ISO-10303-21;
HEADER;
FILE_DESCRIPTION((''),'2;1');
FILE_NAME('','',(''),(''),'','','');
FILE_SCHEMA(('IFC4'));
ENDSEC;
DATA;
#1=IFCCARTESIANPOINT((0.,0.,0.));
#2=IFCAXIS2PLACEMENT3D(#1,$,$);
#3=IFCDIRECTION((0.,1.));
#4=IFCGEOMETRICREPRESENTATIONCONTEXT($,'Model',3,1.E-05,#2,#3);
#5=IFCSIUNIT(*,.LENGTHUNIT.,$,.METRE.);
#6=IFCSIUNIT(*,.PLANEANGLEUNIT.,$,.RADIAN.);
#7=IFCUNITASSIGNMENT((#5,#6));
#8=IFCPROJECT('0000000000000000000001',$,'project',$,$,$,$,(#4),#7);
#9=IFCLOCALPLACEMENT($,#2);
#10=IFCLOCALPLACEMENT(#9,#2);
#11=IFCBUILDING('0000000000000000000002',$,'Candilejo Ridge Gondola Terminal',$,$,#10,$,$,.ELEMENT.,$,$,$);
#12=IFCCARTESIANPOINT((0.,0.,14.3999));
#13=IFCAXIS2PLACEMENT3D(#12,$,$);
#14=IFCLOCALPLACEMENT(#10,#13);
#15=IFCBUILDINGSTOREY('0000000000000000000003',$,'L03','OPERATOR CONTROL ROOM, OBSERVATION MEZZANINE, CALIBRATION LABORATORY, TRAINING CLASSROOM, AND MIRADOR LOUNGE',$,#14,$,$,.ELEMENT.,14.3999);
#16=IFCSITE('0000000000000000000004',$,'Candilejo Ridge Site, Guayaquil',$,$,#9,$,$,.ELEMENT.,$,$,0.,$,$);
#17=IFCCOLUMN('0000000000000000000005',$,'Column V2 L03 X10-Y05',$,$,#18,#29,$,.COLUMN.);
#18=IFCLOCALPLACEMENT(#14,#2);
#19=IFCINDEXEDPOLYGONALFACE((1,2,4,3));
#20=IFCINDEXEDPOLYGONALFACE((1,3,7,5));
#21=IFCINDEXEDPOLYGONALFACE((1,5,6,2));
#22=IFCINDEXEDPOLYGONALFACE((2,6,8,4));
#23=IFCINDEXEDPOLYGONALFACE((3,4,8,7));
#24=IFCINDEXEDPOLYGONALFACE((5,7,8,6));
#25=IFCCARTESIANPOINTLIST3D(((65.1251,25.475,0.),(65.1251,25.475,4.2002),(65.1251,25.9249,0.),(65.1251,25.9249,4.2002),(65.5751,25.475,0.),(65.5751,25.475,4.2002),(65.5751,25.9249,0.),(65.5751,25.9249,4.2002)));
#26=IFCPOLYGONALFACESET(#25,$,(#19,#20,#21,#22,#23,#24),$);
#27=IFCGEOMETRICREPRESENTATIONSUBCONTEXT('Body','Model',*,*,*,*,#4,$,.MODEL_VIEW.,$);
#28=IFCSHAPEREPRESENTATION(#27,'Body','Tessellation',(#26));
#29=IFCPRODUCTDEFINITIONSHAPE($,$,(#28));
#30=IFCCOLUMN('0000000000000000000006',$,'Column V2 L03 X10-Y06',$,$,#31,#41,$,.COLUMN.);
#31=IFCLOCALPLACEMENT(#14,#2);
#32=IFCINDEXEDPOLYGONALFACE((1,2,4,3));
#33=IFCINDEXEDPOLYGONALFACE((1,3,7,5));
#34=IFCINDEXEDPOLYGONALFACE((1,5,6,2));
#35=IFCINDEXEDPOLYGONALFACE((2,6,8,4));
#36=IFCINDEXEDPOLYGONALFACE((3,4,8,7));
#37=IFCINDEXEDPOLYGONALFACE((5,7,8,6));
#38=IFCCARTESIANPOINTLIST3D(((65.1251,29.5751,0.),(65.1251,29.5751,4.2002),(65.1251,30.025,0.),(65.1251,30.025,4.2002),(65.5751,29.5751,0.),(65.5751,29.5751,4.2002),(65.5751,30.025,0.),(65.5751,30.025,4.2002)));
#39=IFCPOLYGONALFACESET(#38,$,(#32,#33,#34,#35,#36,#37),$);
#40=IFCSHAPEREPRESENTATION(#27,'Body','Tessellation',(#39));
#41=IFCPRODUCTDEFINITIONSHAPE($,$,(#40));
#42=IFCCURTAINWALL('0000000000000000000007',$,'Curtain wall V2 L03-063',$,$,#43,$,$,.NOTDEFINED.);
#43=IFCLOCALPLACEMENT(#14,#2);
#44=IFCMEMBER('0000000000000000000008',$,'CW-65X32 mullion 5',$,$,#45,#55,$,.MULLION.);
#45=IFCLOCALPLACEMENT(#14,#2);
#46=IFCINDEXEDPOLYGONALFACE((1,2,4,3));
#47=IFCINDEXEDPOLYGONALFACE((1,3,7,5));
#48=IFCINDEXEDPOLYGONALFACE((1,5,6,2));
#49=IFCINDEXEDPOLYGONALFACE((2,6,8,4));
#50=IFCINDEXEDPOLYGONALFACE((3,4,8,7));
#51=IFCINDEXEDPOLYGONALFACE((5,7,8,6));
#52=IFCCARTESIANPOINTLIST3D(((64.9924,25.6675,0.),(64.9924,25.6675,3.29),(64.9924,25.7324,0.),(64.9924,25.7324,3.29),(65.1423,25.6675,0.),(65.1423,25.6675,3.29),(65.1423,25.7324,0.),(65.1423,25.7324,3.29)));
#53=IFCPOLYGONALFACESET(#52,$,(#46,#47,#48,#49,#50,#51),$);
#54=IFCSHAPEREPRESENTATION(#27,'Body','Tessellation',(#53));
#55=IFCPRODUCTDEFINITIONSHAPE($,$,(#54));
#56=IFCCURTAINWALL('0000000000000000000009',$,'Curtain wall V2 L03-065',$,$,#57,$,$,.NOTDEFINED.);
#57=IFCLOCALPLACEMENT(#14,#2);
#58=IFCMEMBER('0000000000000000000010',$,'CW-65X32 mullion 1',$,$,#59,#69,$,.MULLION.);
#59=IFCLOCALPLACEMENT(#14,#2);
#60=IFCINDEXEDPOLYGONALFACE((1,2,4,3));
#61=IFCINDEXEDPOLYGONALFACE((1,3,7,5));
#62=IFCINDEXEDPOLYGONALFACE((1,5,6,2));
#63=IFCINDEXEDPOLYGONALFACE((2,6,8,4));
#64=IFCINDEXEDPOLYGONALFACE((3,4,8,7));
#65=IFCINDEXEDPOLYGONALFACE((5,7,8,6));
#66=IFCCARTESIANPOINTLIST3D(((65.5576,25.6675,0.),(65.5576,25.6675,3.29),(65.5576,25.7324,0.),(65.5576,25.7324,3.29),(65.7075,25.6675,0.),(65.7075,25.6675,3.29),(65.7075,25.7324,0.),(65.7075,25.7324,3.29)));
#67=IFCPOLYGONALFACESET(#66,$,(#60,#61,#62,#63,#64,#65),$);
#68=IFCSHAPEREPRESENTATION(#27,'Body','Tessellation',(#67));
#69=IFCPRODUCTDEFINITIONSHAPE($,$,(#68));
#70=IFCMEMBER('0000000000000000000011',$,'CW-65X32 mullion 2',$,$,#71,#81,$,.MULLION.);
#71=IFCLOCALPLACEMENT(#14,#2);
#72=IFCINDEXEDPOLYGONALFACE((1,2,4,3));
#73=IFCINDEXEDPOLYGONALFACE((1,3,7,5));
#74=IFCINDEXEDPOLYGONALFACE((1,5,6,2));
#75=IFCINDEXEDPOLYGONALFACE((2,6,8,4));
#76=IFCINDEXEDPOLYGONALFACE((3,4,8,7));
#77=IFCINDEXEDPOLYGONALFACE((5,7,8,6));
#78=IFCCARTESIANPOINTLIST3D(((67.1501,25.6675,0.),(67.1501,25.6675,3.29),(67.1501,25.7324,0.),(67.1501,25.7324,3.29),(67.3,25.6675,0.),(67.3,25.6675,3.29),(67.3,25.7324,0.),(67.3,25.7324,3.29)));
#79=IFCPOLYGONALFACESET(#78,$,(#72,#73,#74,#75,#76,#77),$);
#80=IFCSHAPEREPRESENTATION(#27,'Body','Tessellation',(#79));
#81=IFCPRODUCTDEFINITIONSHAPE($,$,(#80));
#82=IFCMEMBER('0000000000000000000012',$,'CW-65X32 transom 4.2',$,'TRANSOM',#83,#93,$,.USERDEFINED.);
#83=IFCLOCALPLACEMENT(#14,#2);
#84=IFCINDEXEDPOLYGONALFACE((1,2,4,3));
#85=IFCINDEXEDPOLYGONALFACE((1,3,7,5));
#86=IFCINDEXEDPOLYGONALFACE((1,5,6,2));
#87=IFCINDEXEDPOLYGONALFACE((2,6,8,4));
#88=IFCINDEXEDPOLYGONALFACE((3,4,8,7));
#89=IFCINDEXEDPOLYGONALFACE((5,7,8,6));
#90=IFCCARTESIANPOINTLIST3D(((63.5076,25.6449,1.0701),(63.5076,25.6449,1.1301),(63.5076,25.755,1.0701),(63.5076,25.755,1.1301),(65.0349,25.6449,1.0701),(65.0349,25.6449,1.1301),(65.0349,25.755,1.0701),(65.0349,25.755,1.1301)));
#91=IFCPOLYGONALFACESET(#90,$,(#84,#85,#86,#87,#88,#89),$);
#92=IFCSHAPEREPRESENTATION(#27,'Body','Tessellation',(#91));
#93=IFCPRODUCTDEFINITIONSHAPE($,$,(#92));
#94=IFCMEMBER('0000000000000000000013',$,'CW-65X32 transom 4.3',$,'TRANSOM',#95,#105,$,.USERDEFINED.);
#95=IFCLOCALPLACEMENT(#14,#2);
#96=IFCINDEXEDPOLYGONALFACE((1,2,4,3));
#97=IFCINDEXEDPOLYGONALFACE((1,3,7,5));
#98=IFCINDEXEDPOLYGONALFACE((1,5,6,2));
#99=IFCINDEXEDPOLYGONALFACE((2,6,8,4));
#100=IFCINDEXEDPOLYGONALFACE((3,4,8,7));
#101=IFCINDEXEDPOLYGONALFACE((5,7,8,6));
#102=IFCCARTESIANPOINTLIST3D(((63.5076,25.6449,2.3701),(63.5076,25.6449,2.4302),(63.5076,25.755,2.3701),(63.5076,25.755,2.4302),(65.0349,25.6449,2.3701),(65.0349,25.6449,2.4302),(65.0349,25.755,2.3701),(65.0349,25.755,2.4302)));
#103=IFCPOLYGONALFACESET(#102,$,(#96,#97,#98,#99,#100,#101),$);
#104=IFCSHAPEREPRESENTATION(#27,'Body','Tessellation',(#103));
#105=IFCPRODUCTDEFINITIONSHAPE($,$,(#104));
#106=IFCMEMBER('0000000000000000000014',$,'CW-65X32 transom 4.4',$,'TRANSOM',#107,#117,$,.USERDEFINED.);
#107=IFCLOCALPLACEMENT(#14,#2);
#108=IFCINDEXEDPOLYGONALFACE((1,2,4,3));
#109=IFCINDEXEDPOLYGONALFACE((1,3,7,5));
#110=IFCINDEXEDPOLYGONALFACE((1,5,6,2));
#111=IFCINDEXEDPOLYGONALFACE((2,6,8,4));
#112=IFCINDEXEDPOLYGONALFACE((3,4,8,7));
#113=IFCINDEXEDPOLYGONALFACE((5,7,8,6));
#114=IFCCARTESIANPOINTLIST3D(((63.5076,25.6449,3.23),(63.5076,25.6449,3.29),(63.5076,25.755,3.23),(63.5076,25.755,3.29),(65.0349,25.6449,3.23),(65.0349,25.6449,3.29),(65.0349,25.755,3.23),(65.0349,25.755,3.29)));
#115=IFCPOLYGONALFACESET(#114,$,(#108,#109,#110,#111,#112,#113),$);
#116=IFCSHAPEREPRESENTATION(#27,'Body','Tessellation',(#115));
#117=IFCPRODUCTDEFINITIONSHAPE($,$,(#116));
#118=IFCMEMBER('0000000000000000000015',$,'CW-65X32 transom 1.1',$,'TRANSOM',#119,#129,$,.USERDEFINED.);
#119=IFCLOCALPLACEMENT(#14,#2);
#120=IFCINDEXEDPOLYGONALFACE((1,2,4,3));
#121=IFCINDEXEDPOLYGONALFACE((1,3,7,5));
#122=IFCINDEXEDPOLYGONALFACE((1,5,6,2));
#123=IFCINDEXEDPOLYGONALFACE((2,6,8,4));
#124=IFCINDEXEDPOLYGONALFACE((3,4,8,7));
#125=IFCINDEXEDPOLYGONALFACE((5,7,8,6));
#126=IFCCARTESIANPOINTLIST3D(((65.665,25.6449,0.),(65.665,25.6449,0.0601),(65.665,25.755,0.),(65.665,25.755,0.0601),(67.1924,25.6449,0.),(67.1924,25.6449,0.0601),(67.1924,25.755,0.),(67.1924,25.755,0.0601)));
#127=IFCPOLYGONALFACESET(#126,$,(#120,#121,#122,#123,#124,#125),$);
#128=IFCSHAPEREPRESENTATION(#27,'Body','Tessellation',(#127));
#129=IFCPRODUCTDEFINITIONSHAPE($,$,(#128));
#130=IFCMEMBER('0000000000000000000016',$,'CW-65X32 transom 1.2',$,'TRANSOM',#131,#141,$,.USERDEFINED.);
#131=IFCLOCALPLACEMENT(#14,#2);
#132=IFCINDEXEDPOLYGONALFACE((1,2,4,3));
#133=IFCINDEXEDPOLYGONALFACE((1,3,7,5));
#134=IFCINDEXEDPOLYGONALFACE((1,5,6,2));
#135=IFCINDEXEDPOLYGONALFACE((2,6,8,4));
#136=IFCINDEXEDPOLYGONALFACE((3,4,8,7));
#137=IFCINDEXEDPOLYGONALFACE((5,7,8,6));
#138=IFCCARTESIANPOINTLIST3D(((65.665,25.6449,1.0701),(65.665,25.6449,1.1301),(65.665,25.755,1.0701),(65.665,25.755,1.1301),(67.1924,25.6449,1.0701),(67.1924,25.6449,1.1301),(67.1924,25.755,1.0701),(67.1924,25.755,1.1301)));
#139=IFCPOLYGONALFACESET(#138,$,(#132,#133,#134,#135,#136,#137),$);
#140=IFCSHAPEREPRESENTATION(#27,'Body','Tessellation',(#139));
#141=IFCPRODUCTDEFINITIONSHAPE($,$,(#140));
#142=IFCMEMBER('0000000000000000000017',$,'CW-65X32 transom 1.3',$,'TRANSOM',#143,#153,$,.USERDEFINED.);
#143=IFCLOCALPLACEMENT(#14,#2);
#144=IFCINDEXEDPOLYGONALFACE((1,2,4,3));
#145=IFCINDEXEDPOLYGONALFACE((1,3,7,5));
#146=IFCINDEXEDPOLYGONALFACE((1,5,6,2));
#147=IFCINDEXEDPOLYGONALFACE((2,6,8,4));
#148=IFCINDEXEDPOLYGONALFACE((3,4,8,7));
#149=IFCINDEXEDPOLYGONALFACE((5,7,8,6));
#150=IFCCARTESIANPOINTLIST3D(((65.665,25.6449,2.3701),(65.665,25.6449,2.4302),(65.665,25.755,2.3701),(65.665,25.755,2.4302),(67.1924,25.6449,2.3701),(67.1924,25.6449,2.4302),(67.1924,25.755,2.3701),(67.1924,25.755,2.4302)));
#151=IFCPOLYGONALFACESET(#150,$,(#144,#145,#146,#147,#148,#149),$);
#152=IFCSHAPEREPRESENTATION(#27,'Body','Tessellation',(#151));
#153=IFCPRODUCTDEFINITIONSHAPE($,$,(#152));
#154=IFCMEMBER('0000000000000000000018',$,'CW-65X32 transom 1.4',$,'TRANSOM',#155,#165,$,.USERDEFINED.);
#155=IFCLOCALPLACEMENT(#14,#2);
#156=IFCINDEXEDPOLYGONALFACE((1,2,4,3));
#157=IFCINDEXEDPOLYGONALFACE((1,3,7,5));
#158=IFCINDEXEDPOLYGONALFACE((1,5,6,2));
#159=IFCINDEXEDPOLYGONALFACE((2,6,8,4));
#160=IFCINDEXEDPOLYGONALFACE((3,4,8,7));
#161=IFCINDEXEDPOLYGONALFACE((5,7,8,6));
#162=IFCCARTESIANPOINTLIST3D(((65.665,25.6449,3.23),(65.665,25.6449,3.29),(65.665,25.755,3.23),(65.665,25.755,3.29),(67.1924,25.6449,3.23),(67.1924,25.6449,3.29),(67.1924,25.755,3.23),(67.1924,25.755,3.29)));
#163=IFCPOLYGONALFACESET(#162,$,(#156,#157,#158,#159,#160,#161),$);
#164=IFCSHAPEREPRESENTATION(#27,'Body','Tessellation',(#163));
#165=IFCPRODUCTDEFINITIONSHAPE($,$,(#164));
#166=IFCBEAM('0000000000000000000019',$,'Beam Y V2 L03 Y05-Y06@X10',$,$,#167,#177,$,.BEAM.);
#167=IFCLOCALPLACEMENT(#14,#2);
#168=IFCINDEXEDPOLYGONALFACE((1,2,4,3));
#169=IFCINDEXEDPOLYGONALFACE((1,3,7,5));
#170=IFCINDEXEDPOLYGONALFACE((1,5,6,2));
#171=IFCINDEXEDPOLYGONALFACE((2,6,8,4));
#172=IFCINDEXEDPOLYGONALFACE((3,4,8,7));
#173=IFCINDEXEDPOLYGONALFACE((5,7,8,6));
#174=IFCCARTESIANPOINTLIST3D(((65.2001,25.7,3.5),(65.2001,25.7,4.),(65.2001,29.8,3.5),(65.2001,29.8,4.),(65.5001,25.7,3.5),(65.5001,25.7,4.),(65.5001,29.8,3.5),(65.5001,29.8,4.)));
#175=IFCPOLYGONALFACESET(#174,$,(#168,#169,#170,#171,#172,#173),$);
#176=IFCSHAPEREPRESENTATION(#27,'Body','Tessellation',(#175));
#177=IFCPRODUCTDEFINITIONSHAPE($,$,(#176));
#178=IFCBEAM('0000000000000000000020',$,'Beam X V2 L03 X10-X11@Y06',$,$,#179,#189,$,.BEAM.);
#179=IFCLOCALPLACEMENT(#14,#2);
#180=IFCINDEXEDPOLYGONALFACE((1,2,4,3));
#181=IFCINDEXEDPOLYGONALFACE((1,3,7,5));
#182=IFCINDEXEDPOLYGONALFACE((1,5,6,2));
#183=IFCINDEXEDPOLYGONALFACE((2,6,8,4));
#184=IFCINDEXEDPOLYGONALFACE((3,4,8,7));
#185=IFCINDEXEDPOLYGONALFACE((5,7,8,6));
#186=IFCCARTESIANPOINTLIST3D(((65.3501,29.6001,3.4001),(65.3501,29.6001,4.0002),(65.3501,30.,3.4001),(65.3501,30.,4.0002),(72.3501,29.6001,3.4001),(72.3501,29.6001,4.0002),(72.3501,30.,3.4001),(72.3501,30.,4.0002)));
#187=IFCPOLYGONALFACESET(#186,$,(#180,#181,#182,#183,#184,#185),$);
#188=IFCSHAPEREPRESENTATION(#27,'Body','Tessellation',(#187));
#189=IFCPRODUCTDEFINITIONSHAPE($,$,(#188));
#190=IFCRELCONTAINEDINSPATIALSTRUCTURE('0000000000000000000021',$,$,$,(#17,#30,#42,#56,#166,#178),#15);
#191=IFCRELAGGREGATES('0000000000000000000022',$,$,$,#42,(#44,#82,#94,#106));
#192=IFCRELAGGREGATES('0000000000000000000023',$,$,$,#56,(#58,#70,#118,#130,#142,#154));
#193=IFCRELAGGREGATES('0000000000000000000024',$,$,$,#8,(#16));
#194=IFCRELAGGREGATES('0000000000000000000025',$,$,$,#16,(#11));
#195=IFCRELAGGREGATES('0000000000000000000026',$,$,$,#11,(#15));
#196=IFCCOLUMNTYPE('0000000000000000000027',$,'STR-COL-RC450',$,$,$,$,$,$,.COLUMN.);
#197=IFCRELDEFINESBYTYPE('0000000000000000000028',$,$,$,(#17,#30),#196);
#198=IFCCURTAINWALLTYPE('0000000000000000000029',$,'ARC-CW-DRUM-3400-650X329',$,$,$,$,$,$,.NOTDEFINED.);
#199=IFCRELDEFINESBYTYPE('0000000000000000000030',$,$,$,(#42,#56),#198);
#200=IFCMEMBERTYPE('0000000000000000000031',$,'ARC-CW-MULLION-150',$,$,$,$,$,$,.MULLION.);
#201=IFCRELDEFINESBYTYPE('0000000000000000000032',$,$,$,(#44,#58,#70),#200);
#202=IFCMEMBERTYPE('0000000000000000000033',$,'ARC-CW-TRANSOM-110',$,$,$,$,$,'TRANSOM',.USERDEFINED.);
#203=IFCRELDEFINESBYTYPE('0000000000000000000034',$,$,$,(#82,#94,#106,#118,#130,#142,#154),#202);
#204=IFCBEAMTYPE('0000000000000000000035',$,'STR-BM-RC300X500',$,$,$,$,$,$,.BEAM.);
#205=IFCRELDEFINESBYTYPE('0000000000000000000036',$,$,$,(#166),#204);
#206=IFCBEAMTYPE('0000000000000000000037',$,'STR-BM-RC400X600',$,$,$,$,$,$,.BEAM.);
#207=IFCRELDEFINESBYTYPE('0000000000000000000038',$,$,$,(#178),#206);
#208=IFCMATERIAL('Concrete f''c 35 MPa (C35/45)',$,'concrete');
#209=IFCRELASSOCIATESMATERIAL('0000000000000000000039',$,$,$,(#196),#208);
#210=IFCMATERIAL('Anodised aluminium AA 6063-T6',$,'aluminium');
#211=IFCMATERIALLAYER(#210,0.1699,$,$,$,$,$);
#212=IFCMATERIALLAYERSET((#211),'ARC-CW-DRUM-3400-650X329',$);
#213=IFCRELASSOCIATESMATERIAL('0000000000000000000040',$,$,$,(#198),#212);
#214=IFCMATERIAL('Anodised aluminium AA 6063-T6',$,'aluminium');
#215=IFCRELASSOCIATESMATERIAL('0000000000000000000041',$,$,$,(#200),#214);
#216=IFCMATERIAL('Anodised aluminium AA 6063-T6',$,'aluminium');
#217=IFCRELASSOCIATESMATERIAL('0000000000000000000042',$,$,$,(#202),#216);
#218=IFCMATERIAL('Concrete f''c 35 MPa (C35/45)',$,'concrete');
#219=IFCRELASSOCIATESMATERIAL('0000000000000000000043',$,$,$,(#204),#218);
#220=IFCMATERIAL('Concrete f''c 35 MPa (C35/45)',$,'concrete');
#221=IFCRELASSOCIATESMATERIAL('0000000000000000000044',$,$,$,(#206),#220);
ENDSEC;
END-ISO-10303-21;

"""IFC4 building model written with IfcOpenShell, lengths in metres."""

from ifc_helpers import new_model, si_unit, direction, frame, origin, origin_2d, place, context, subcontext, project, spatial, rectangle, extrude, material, layer, layer_set, material_profile, profile_set, type_object, element, aggregate, save


model = new_model("IFC4")

# Units and contexts
model_context = context("Model", 3, precision=1e-05, world=origin(), true_north=direction((0.0, 1.0)))
body_context = subcontext(model_context, "Body", "Model", "MODEL_VIEW")
ifc_project = project(units=[si_unit("LENGTHUNIT", "METRE"), si_unit("PLANEANGLEUNIT", "RADIAN")], contexts=[model_context])

# Site, building, storey
site_placement = place(None, origin())
site = spatial("IfcSite", under=ifc_project, at=site_placement, Name="Candilejo Ridge Site, Guayaquil", CompositionType="ELEMENT", RefElevation=0.0)
building_placement = place(site_placement, origin())
building = spatial("IfcBuilding", under=site, at=building_placement, Name="Candilejo Ridge Gondola Terminal", CompositionType="ELEMENT")
storey_placement = place(building_placement, frame((0.0, 0.0, 14.3999)))
storey = spatial("IfcBuildingStorey", under=building, at=storey_placement, Name="L03", Description="OPERATOR CONTROL ROOM, OBSERVATION MEZZANINE, CALIBRATION LABORATORY, TRAINING CLASSROOM, AND MIRADOR LOUNGE", CompositionType="ELEMENT", Elevation=14.3999)

# Columns
ifc_material_1 = material(Name="Concrete f'c 35 MPa (C35/45)", Category="concrete")
ifc_material_profile_1 = material_profile(ifc_material_1, rectangle(XDim=0.45, YDim=0.45, at=origin_2d()))
ifc_profile_set_1 = profile_set([ifc_material_profile_1], Name="Concrete f'c 35 MPa (C35/45)")
column_type = type_object("IfcColumnType", Name="STR-COL-RC450", PredefinedType="COLUMN", material=ifc_profile_set_1)
for number, where, z_axis, x_axis, name in (
    (1, (65.3501, 25.7, 0.0), (0.0, 0.0, 1.0), (1.0, 0.0, 0.0), "Column V2 L03 X10-Y05"),
    (2, (65.3501, 29.8, 0.0), (0.0, 0.0, 1.0), (1.0, 0.0, 0.0), "Column V2 L03 X10-Y06"),
):
    element("IfcColumn", number, at=place(storey_placement, frame(where, z_axis=z_axis, x_axis=x_axis)), inside=storey, type_object=column_type, Name=name, PredefinedType="COLUMN", context=body_context, shape_type="SweptSolid", body=[
        extrude(rectangle(XDim=0.45, YDim=0.45, at=origin_2d()), origin(), (0.0, 0.0, 1.0), 4.2002),
    ])

# Curtain wall, member
ifc_material_2 = material(Name="Anodised aluminium AA 6063-T6", Category="aluminium")
ifc_layer_1 = layer(ifc_material_2, 0.1699)
ifc_layer_set_1 = layer_set([ifc_layer_1], Name="ARC-CW-DRUM-3400-650X329")
curtain_wall_type = type_object("IfcCurtainWallType", Name="ARC-CW-DRUM-3400-650X329", PredefinedType="NOTDEFINED", material=ifc_layer_set_1)
curtain_wall_1_placement = place(storey_placement, origin())
curtain_wall_1 = element("IfcCurtainWall", 3, at=curtain_wall_1_placement, inside=storey, type_object=curtain_wall_type, Name="Curtain wall V2 L03-063", PredefinedType="NOTDEFINED")
ifc_material_3 = material(Name="Anodised aluminium AA 6063-T6", Category="aluminium")
ifc_material_profile_2 = material_profile(ifc_material_3, rectangle(XDim=0.0649, YDim=0.1499, at=origin_2d()))
ifc_profile_set_2 = profile_set([ifc_material_profile_2], Name="Anodised aluminium AA 6063-T6")
member_type_1 = type_object("IfcMemberType", Name="ARC-CW-MULLION-150", PredefinedType="MULLION", material=ifc_profile_set_2)
member_1_placement = place(storey_placement, frame((65.0674, 25.7, 0.0), z_axis=(0.0, 0.0, 1.0), x_axis=(0.0, 1.0, 0.0)))
member_1 = element("IfcMember", 4, at=member_1_placement, type_object=member_type_1, Name="CW-65X32 mullion 5", PredefinedType="MULLION", context=body_context, shape_type="SweptSolid", body=[
    extrude(rectangle(XDim=0.0649, YDim=0.1499, at=origin_2d()), origin(), (0.0, 0.0, 1.0), 3.29),
])

# Curtain wall, members
curtain_wall_2_placement = place(storey_placement, origin())
curtain_wall_2 = element("IfcCurtainWall", 5, at=curtain_wall_2_placement, inside=storey, type_object=curtain_wall_type, Name="Curtain wall V2 L03-065", PredefinedType="NOTDEFINED")
member_2_placement = place(storey_placement, frame((65.6326, 25.7, 0.0), z_axis=(0.0, 0.0, 1.0), x_axis=(0.0, 1.0, 0.0)))
member_2 = element("IfcMember", 6, at=member_2_placement, type_object=member_type_1, Name="CW-65X32 mullion 1", PredefinedType="MULLION", context=body_context, shape_type="SweptSolid", body=[
    extrude(rectangle(XDim=0.0649, YDim=0.1499, at=origin_2d()), origin(), (0.0, 0.0, 1.0), 3.29),
])
member_3_placement = place(storey_placement, frame((67.2251, 25.7, 0.0), z_axis=(0.0, 0.0, 1.0), x_axis=(0.0, 1.0, 0.0)))
member_3 = element("IfcMember", 7, at=member_3_placement, type_object=member_type_1, Name="CW-65X32 mullion 2", PredefinedType="MULLION", context=body_context, shape_type="SweptSolid", body=[
    extrude(rectangle(XDim=0.0649, YDim=0.1499, at=origin_2d()), origin(), (0.0, 0.0, 1.0), 3.29),
])

# Members
ifc_material_4 = material(Name="Anodised aluminium AA 6063-T6", Category="aluminium")
ifc_material_profile_3 = material_profile(ifc_material_4, rectangle(XDim=0.1101, YDim=0.0601, at=origin_2d()))
ifc_profile_set_3 = profile_set([ifc_material_profile_3], Name="Anodised aluminium AA 6063-T6")
member_type_2 = type_object("IfcMemberType", Name="ARC-CW-TRANSOM-110", ElementType="TRANSOM", PredefinedType="USERDEFINED", material=ifc_profile_set_3)
member_4_placement = place(storey_placement, frame((63.5076, 25.7, 1.1001), z_axis=(1.0, 0.0, 0.0), x_axis=(0.0, 1.0, 0.0)))
member_4 = element("IfcMember", 8, at=member_4_placement, type_object=member_type_2, Name="CW-65X32 transom 4.2", ObjectType="TRANSOM", PredefinedType="USERDEFINED", context=body_context, shape_type="SweptSolid", body=[
    extrude(rectangle(XDim=0.1101, YDim=0.0601, at=origin_2d()), origin(), (0.0, 0.0, 1.0), 1.5273),
])
member_5_placement = place(storey_placement, frame((63.5076, 25.7, 2.4001), z_axis=(1.0, 0.0, 0.0), x_axis=(0.0, 1.0, 0.0)))
member_5 = element("IfcMember", 9, at=member_5_placement, type_object=member_type_2, Name="CW-65X32 transom 4.3", ObjectType="TRANSOM", PredefinedType="USERDEFINED", context=body_context, shape_type="SweptSolid", body=[
    extrude(rectangle(XDim=0.1101, YDim=0.0601, at=origin_2d()), origin(), (0.0, 0.0, 1.0), 1.5273),
])
member_6_placement = place(storey_placement, frame((63.5076, 25.7, 3.26), z_axis=(1.0, 0.0, 0.0), x_axis=(0.0, 1.0, 0.0)))
member_6 = element("IfcMember", 10, at=member_6_placement, type_object=member_type_2, Name="CW-65X32 transom 4.4", ObjectType="TRANSOM", PredefinedType="USERDEFINED", context=body_context, shape_type="SweptSolid", body=[
    extrude(rectangle(XDim=0.1101, YDim=0.0601, at=origin_2d()), origin(), (0.0, 0.0, 1.0), 1.5273),
])
member_7_placement = place(storey_placement, frame((65.665, 25.7, 0.03), z_axis=(1.0, 0.0, 0.0), x_axis=(0.0, 1.0, 0.0)))
member_7 = element("IfcMember", 11, at=member_7_placement, type_object=member_type_2, Name="CW-65X32 transom 1.1", ObjectType="TRANSOM", PredefinedType="USERDEFINED", context=body_context, shape_type="SweptSolid", body=[
    extrude(rectangle(XDim=0.1101, YDim=0.0601, at=origin_2d()), origin(), (0.0, 0.0, 1.0), 1.5273),
])
member_8_placement = place(storey_placement, frame((65.665, 25.7, 1.1001), z_axis=(1.0, 0.0, 0.0), x_axis=(0.0, 1.0, 0.0)))
member_8 = element("IfcMember", 12, at=member_8_placement, type_object=member_type_2, Name="CW-65X32 transom 1.2", ObjectType="TRANSOM", PredefinedType="USERDEFINED", context=body_context, shape_type="SweptSolid", body=[
    extrude(rectangle(XDim=0.1101, YDim=0.0601, at=origin_2d()), origin(), (0.0, 0.0, 1.0), 1.5273),
])
member_9_placement = place(storey_placement, frame((65.665, 25.7, 2.4001), z_axis=(1.0, 0.0, 0.0), x_axis=(0.0, 1.0, 0.0)))
member_9 = element("IfcMember", 13, at=member_9_placement, type_object=member_type_2, Name="CW-65X32 transom 1.3", ObjectType="TRANSOM", PredefinedType="USERDEFINED", context=body_context, shape_type="SweptSolid", body=[
    extrude(rectangle(XDim=0.1101, YDim=0.0601, at=origin_2d()), origin(), (0.0, 0.0, 1.0), 1.5273),
])
member_10_placement = place(storey_placement, frame((65.665, 25.7, 3.26), z_axis=(1.0, 0.0, 0.0), x_axis=(0.0, 1.0, 0.0)))
member_10 = element("IfcMember", 14, at=member_10_placement, type_object=member_type_2, Name="CW-65X32 transom 1.4", ObjectType="TRANSOM", PredefinedType="USERDEFINED", context=body_context, shape_type="SweptSolid", body=[
    extrude(rectangle(XDim=0.1101, YDim=0.0601, at=origin_2d()), origin(), (0.0, 0.0, 1.0), 1.5273),
])

# Beams
ifc_material_5 = material(Name="Concrete f'c 35 MPa (C35/45)", Category="concrete")
ifc_material_profile_4 = material_profile(ifc_material_5, rectangle(XDim=0.3, YDim=0.5, at=origin_2d()))
ifc_profile_set_4 = profile_set([ifc_material_profile_4], Name="Concrete f'c 35 MPa (C35/45)")
beam_type_1 = type_object("IfcBeamType", Name="STR-BM-RC300X500", PredefinedType="BEAM", material=ifc_profile_set_4)
beam_1_placement = place(storey_placement, frame((65.3501, 25.7, 3.75), z_axis=(0.0, 1.0, 0.0), x_axis=(-1.0, 0.0, 0.0)))
element("IfcBeam", 15, at=beam_1_placement, inside=storey, type_object=beam_type_1, Name="Beam Y V2 L03 Y05-Y06@X10", PredefinedType="BEAM", context=body_context, shape_type="SweptSolid", body=[
    extrude(rectangle(XDim=0.3, YDim=0.5, at=origin_2d()), origin(), (0.0, 0.0, 1.0), 4.1001),
])
ifc_material_6 = material(Name="Concrete f'c 35 MPa (C35/45)", Category="concrete")
ifc_material_profile_5 = material_profile(ifc_material_6, rectangle(XDim=0.3999, YDim=0.6001, at=origin_2d()))
ifc_profile_set_5 = profile_set([ifc_material_profile_5], Name="Concrete f'c 35 MPa (C35/45)")
beam_type_2 = type_object("IfcBeamType", Name="STR-BM-RC400X600", PredefinedType="BEAM", material=ifc_profile_set_5)
beam_2_placement = place(storey_placement, frame((65.3501, 29.8, 3.7002), z_axis=(1.0, 0.0, 0.0), x_axis=(0.0, 1.0, 0.0)))
element("IfcBeam", 16, at=beam_2_placement, inside=storey, type_object=beam_type_2, Name="Beam X V2 L03 X10-X11@Y06", PredefinedType="BEAM", context=body_context, shape_type="SweptSolid", body=[
    extrude(rectangle(XDim=0.3999, YDim=0.6001, at=origin_2d()), origin(), (0.0, 0.0, 1.0), 7.0),
])

aggregate(curtain_wall_1, [member_1, member_4, member_5, member_6])
aggregate(curtain_wall_2, [member_2, member_3, member_7, member_8, member_9, member_10])

save(model, "model.ifc")
